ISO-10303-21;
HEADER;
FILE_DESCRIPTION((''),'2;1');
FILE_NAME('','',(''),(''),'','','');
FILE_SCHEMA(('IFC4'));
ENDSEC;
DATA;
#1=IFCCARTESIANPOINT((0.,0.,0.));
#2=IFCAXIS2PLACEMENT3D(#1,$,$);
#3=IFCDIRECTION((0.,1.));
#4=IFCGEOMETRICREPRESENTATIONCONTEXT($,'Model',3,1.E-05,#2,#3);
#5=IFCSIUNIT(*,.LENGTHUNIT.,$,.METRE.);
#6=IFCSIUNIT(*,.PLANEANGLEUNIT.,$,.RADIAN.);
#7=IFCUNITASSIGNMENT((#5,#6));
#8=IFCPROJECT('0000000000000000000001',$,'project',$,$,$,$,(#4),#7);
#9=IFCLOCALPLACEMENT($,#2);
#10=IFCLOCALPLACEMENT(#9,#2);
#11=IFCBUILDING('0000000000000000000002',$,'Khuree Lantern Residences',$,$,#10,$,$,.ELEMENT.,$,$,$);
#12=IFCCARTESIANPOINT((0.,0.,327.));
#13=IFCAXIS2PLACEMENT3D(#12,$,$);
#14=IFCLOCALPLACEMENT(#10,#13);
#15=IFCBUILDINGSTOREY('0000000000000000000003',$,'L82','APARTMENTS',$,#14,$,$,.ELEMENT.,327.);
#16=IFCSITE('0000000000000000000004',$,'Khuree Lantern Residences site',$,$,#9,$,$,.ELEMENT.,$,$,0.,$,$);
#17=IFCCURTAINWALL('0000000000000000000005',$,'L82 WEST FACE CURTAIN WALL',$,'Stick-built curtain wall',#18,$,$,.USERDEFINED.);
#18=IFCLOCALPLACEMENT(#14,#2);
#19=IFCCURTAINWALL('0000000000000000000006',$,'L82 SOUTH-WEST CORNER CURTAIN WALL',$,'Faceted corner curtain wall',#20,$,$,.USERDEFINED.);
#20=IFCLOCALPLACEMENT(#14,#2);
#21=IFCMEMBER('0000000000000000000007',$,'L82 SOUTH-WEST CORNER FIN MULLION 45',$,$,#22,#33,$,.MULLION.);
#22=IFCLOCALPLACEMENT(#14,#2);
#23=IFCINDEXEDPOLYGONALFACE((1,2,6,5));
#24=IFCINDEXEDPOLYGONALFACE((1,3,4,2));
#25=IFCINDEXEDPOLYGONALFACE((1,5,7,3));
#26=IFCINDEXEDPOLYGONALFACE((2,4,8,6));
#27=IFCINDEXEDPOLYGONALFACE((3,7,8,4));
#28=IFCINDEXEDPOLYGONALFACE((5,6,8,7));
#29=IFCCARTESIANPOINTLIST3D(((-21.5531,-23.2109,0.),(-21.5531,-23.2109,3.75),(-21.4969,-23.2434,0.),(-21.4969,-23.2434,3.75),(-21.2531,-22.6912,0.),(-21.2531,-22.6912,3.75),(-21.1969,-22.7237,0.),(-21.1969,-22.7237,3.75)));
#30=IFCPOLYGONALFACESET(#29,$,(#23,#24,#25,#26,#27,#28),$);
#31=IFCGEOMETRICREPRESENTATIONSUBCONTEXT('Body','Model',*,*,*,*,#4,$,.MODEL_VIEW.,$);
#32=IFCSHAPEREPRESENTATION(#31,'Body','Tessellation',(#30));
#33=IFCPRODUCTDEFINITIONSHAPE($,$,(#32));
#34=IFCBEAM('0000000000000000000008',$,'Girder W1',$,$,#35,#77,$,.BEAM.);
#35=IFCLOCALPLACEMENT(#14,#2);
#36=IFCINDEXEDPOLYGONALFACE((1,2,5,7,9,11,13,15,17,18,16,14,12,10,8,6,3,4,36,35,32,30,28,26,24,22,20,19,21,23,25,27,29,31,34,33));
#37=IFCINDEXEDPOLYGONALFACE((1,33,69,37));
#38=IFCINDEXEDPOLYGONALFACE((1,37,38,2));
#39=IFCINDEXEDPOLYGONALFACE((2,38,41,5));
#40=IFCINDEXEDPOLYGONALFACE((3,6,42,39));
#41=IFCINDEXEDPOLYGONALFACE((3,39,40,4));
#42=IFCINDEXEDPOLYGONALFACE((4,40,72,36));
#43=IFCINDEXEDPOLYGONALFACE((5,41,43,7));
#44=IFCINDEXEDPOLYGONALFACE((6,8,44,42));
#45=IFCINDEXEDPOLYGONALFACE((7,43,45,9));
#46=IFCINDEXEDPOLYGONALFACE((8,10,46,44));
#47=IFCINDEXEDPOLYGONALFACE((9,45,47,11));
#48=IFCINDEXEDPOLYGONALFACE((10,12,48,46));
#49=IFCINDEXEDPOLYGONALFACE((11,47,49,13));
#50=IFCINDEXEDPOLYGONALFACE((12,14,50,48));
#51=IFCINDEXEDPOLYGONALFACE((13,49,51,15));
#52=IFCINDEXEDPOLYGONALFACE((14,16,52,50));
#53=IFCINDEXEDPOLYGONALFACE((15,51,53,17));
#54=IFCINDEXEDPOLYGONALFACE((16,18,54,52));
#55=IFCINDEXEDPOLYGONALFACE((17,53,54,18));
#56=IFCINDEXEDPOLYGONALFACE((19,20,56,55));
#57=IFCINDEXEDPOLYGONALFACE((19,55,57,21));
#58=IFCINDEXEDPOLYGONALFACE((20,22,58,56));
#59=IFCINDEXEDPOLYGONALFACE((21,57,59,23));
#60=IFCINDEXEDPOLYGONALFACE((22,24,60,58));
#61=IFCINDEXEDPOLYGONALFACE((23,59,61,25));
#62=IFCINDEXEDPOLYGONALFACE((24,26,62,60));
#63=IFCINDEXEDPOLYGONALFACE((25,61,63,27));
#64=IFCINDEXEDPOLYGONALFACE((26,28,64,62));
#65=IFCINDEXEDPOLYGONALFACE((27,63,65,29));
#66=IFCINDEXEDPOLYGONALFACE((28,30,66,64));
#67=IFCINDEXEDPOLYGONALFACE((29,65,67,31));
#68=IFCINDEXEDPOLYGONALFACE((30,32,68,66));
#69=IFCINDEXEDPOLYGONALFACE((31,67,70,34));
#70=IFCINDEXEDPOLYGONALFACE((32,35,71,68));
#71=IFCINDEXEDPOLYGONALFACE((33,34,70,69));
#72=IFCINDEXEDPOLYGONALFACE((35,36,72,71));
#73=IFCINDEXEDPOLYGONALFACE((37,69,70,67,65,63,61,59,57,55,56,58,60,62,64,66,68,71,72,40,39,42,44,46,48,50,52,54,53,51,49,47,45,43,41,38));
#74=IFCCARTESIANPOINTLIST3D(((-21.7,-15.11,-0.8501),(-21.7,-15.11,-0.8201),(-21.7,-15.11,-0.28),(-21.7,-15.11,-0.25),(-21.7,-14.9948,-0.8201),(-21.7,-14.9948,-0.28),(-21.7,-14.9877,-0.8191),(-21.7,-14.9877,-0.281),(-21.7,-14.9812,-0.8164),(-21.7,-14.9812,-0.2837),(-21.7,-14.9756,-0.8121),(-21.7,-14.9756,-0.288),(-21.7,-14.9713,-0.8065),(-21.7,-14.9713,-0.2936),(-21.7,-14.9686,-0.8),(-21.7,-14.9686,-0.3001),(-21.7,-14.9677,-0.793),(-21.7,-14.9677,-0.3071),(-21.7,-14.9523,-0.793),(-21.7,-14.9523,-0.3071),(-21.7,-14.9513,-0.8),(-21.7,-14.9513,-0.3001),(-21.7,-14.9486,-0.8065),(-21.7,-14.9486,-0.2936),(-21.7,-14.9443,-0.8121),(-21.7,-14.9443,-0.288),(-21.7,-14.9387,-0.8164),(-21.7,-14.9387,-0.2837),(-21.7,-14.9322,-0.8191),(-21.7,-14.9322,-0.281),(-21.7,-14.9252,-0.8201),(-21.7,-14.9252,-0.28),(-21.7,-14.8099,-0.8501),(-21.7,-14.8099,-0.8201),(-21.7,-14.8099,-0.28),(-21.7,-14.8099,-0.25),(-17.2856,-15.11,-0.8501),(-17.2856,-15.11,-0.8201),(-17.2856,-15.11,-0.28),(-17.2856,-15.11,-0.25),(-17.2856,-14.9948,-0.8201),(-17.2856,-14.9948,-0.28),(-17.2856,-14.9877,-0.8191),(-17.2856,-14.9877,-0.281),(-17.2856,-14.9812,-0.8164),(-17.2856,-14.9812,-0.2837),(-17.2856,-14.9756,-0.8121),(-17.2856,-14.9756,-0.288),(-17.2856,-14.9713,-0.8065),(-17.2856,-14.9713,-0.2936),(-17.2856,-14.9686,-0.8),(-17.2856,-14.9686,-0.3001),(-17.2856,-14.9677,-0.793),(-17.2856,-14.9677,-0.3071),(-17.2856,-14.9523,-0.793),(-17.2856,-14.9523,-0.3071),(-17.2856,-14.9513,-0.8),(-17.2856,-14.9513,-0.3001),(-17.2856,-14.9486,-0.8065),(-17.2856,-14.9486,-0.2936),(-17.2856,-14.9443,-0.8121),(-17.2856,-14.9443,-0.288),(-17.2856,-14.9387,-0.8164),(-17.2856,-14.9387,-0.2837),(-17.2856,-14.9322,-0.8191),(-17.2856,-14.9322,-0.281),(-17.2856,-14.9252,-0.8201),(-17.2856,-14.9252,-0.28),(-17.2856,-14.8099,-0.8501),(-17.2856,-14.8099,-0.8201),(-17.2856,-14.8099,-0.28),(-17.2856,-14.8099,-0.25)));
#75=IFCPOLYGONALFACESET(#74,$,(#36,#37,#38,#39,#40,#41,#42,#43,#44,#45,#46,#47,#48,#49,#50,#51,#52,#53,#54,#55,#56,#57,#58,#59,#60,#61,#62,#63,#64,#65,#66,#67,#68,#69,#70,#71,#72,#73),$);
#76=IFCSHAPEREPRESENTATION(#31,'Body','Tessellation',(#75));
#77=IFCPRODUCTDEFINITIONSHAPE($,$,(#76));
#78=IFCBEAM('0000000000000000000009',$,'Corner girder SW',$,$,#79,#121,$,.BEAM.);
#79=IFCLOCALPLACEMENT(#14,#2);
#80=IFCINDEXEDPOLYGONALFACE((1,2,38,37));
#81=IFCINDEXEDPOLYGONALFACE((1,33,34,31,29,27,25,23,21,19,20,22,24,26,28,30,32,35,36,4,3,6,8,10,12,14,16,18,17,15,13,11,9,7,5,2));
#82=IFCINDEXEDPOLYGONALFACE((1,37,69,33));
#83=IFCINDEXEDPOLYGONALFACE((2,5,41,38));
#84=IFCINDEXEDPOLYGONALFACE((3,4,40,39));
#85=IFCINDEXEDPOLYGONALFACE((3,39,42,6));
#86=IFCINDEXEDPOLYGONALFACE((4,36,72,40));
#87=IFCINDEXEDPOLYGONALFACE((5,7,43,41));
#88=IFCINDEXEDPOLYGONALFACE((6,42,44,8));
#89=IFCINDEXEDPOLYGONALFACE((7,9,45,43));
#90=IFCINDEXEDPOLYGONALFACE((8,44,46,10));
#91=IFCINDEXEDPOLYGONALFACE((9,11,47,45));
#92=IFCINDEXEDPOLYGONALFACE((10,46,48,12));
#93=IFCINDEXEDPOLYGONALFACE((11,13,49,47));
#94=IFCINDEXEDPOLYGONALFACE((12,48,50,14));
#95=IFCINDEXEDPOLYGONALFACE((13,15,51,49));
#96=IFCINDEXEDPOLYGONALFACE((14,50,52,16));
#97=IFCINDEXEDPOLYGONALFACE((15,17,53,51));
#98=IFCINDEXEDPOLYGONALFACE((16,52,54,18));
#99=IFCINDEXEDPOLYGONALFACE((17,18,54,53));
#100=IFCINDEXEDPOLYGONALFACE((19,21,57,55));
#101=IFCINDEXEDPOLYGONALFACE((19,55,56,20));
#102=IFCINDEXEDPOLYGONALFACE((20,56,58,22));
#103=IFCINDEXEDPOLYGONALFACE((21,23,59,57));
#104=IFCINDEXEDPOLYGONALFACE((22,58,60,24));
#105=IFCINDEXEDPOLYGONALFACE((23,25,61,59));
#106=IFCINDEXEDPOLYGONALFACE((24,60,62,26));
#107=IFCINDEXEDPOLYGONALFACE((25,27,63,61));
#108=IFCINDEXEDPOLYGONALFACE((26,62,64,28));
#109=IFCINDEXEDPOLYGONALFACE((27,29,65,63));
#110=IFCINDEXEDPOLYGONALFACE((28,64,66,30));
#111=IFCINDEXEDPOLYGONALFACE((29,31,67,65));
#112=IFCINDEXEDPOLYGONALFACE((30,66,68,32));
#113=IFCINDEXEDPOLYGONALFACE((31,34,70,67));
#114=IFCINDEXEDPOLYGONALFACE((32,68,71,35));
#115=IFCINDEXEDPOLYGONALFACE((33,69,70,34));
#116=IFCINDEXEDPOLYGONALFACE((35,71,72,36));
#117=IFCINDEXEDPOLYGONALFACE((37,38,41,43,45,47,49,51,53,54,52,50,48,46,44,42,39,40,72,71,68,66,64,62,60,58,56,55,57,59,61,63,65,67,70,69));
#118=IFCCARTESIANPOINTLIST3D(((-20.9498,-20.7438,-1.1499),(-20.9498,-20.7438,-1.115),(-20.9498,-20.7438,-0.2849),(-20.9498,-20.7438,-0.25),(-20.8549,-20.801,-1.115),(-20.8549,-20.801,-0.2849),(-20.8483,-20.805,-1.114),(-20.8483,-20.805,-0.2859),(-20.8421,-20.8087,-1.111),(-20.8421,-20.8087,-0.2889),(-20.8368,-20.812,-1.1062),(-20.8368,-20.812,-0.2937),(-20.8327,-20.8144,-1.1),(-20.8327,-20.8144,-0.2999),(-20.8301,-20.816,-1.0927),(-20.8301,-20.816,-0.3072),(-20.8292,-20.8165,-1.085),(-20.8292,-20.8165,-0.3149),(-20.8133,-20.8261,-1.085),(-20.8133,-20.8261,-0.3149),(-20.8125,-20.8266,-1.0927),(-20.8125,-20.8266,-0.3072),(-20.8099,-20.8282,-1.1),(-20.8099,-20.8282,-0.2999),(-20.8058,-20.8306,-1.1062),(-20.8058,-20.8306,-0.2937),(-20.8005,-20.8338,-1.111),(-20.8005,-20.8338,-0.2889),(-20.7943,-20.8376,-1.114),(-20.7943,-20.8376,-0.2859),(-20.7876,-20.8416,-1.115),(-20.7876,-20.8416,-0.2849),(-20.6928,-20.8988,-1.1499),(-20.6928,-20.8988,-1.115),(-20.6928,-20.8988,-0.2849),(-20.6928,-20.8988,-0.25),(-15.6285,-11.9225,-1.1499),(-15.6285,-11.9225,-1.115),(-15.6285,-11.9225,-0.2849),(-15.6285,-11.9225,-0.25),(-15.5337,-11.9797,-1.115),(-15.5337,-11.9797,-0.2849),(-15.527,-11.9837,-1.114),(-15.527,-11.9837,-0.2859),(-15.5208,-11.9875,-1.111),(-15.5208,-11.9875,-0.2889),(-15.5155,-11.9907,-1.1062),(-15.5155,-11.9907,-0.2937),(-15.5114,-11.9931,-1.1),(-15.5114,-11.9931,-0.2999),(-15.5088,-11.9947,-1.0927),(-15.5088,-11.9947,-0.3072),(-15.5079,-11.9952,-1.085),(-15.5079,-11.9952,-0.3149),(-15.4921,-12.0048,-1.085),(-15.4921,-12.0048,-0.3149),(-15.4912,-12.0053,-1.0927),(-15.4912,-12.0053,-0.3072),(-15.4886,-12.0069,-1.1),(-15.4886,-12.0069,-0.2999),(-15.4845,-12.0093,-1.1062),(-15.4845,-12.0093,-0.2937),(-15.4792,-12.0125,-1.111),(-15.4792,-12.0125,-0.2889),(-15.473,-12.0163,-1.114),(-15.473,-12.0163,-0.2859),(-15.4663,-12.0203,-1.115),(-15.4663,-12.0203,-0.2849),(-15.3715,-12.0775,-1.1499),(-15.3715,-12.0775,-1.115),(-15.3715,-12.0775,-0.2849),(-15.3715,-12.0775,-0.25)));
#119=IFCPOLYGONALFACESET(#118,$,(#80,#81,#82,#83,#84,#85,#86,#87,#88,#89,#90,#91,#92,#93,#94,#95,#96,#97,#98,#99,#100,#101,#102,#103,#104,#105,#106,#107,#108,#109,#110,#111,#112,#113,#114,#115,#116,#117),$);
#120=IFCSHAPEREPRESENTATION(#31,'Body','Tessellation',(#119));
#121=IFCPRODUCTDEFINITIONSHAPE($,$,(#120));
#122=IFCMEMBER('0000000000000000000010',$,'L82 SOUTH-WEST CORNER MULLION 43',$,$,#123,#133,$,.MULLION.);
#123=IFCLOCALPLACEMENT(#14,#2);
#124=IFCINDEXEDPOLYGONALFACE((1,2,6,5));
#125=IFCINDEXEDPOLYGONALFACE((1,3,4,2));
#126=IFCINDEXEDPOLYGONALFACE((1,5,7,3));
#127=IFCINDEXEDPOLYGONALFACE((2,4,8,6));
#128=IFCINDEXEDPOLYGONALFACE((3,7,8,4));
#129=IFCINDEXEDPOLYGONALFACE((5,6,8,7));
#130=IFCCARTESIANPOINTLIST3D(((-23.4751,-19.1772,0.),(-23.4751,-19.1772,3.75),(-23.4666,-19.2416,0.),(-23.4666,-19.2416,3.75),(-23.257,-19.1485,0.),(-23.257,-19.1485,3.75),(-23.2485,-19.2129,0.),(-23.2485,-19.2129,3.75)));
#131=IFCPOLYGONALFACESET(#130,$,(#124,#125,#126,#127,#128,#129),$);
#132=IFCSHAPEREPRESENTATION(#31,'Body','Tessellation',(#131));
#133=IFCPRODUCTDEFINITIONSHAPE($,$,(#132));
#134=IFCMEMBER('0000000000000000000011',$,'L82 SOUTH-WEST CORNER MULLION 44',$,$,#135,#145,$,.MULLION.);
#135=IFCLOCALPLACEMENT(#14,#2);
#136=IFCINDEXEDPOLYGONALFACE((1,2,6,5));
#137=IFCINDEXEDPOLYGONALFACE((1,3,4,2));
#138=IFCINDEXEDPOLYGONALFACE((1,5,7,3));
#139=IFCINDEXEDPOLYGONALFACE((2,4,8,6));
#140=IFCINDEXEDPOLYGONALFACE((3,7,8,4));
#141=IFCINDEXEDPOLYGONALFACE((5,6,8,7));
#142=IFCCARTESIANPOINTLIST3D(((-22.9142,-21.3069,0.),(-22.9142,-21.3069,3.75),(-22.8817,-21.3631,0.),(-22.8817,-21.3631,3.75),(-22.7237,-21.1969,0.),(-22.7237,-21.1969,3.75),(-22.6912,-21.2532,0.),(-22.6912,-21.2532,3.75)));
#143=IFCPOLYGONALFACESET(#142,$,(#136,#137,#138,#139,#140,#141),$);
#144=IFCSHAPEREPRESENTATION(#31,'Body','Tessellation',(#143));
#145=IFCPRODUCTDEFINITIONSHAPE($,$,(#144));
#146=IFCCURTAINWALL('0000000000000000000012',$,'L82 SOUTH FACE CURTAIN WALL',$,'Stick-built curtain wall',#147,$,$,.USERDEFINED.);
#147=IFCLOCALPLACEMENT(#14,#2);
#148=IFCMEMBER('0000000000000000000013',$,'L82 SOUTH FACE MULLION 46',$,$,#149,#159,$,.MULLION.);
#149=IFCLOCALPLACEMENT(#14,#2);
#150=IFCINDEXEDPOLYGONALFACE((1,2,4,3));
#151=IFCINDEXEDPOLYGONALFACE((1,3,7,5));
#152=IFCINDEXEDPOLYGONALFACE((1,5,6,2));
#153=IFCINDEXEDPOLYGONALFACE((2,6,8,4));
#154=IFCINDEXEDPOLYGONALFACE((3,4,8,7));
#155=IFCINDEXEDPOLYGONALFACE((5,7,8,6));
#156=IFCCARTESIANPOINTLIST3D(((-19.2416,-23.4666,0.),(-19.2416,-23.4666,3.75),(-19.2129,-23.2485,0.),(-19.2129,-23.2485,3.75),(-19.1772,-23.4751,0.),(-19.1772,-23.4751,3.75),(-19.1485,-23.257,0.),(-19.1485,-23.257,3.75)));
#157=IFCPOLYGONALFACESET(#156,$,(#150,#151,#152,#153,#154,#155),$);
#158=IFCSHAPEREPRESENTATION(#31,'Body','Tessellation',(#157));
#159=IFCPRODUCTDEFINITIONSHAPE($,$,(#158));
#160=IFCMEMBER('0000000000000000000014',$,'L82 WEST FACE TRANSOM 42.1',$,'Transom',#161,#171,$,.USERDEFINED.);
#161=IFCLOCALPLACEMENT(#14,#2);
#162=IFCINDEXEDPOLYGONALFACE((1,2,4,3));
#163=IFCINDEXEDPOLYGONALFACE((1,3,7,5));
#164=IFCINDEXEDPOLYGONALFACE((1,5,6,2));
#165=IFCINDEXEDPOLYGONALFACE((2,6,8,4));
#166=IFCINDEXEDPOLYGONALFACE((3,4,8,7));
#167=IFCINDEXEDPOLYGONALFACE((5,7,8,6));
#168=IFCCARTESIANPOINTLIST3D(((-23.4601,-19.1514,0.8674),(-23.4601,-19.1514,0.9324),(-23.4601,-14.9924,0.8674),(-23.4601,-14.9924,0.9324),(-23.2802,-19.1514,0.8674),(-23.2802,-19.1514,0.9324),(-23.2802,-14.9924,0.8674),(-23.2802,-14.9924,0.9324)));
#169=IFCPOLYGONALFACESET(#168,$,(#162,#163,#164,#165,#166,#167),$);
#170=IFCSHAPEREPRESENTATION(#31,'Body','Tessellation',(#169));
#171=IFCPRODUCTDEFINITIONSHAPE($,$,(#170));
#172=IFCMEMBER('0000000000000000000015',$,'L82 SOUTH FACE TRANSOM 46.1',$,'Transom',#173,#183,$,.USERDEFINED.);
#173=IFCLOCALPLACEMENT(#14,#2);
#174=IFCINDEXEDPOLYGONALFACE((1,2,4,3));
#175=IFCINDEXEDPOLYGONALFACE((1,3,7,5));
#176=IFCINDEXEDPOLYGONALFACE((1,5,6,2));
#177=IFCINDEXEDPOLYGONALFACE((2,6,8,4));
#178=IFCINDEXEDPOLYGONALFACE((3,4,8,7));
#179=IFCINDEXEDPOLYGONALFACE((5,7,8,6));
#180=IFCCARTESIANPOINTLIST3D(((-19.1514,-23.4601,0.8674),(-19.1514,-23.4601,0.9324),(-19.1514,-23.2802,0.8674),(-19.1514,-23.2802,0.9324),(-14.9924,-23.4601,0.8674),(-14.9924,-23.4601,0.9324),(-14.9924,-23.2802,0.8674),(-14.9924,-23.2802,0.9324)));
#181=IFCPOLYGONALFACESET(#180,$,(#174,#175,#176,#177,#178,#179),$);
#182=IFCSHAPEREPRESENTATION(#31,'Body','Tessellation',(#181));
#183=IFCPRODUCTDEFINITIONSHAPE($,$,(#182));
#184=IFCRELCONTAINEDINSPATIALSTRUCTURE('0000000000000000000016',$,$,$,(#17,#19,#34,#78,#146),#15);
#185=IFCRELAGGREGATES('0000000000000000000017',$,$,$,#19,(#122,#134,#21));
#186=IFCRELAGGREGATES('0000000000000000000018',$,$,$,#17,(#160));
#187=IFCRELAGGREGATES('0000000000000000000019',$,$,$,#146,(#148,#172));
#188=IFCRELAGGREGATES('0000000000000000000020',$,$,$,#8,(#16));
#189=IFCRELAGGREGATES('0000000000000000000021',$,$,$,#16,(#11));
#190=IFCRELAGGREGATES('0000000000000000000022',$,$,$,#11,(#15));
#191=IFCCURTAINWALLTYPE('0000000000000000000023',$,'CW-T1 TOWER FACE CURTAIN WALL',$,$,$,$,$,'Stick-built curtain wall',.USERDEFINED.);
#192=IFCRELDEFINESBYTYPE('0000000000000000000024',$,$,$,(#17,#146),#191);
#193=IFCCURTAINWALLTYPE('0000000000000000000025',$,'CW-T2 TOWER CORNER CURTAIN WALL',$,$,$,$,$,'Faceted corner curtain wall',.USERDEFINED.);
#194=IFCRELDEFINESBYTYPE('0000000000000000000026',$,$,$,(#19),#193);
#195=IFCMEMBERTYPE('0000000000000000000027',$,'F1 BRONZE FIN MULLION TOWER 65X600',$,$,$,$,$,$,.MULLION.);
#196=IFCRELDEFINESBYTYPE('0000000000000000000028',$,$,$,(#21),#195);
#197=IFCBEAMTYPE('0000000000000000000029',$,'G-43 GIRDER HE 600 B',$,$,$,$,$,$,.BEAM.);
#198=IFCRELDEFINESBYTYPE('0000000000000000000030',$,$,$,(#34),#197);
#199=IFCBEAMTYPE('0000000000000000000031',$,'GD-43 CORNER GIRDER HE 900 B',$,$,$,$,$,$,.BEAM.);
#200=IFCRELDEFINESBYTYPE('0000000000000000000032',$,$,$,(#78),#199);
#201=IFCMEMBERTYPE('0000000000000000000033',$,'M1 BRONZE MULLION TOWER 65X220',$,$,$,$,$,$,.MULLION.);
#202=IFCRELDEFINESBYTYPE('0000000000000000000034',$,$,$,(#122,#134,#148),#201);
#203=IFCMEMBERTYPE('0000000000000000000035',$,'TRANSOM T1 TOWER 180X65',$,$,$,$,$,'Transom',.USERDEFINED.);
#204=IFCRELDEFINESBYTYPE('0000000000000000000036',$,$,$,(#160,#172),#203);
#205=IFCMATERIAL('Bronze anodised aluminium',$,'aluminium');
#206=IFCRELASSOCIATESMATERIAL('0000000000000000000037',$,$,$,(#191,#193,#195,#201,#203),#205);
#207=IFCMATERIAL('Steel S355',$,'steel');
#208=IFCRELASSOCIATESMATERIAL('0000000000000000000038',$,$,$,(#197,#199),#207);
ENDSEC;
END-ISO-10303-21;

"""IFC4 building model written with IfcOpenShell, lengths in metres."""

from ifc_helpers import new_model, si_unit, direction, frame, origin, origin_2d, place, context, subcontext, project, spatial, rectangle, i_section, extrude, material, material_profile, profile_set, type_object, element, aggregate, save


model = new_model("IFC4")

# Units and contexts
model_context = context("Model", 3, precision=1e-05, world=origin(), true_north=direction((0.0, 1.0)))
body_context = subcontext(model_context, "Body", "Model", "MODEL_VIEW")
ifc_project = project(units=[si_unit("LENGTHUNIT", "METRE"), si_unit("PLANEANGLEUNIT", "RADIAN")], contexts=[model_context])

# Site, building, storey
site_placement = place(None, origin())
site = spatial("IfcSite", under=ifc_project, at=site_placement, Name="Khuree Lantern Residences site", CompositionType="ELEMENT", RefElevation=0.0)
building_placement = place(site_placement, origin())
building = spatial("IfcBuilding", under=site, at=building_placement, Name="Khuree Lantern Residences", CompositionType="ELEMENT")
storey_placement = place(building_placement, frame((0.0, 0.0, 327.0)))
storey = spatial("IfcBuildingStorey", under=building, at=storey_placement, Name="L82", Description="APARTMENTS", CompositionType="ELEMENT", Elevation=327.0)

# Shared definitions
ifc_material_1 = material(Name="Steel S355", Category="steel")

# Curtain walls, member
ifc_material_2 = material(Name="Bronze anodised aluminium", Category="aluminium")
curtain_wall_type_1 = type_object("IfcCurtainWallType", Name="CW-T1 TOWER FACE CURTAIN WALL", ElementType="Stick-built curtain wall", PredefinedType="USERDEFINED", material=ifc_material_2)
curtain_wall_1_placement = place(storey_placement, origin())
curtain_wall_1 = element("IfcCurtainWall", 1, at=curtain_wall_1_placement, inside=storey, type_object=curtain_wall_type_1, Name="L82 WEST FACE CURTAIN WALL", ObjectType="Stick-built curtain wall", PredefinedType="USERDEFINED")
ifc_material_profile_1 = material_profile(ifc_material_2, rectangle(XDim=0.0649, YDim=0.6001, at=origin_2d()), Name="F1 65X600")
ifc_profile_set_1 = profile_set([ifc_material_profile_1], Name="Bronze anodised aluminium")
member_type_1 = type_object("IfcMemberType", Name="F1 BRONZE FIN MULLION TOWER 65X600", PredefinedType="MULLION", material=ifc_profile_set_1)
curtain_wall_type_2 = type_object("IfcCurtainWallType", Name="CW-T2 TOWER CORNER CURTAIN WALL", ElementType="Faceted corner curtain wall", PredefinedType="USERDEFINED", material=ifc_material_2)
curtain_wall_2_placement = place(storey_placement, origin())
curtain_wall_2 = element("IfcCurtainWall", 2, at=curtain_wall_2_placement, inside=storey, type_object=curtain_wall_type_2, Name="L82 SOUTH-WEST CORNER CURTAIN WALL", ObjectType="Faceted corner curtain wall", PredefinedType="USERDEFINED")
member_1_placement = place(storey_placement, frame((-21.375, -22.9673, 0.0), z_axis=(0.0, 0.0, 1.0), x_axis=(0.866025, -0.5, 0.0)))
member_1 = element("IfcMember", 3, at=member_1_placement, type_object=member_type_1, Name="L82 SOUTH-WEST CORNER FIN MULLION 45", PredefinedType="MULLION", context=body_context, shape_type="SweptSolid", body=[
    extrude(rectangle(XDim=0.0649, YDim=0.6001, at=origin_2d()), origin(), (0.0, 0.0, 1.0), 3.75),
])

# Beams
ifc_material_profile_2 = material_profile(ifc_material_1, i_section(OverallWidth=0.3, OverallDepth=0.6001, WebThickness=0.0154, FlangeThickness=0.03, FilletRadius=0.0271, at=origin_2d()), Name="HE 600 B")
ifc_profile_set_2 = profile_set([ifc_material_profile_2], Name="Steel S355")
beam_type_1 = type_object("IfcBeamType", Name="G-43 GIRDER HE 600 B", PredefinedType="BEAM", material=ifc_profile_set_2)
beam_1_placement = place(storey_placement, frame((-21.7, -14.96, -0.55), z_axis=(1.0, 0.0, 0.0), x_axis=(0.0, 1.0, 0.0)))
element("IfcBeam", 4, at=beam_1_placement, inside=storey, type_object=beam_type_1, Name="Girder W1", PredefinedType="BEAM", context=body_context, shape_type="SweptSolid", body=[
    extrude(i_section(OverallWidth=0.3, OverallDepth=0.6001, WebThickness=0.0154, FlangeThickness=0.03, FilletRadius=0.0271, at=origin_2d()), origin(), (0.0, 0.0, 1.0), 4.4143),
])
ifc_material_profile_3 = material_profile(ifc_material_1, i_section(OverallWidth=0.3, OverallDepth=0.8999, WebThickness=0.0186, FlangeThickness=0.0349, FilletRadius=0.03, at=origin_2d()), Name="HE 900 B")
ifc_profile_set_3 = profile_set([ifc_material_profile_3], Name="Steel S355")
beam_type_2 = type_object("IfcBeamType", Name="GD-43 CORNER GIRDER HE 900 B", PredefinedType="BEAM", material=ifc_profile_set_3)
beam_2_placement = place(storey_placement, frame((-20.8213, -20.8213, -0.7), z_axis=(0.51653, 0.856269, 0.0), x_axis=(-0.856269, 0.51653, 0.0)))
element("IfcBeam", 5, at=beam_2_placement, inside=storey, type_object=beam_type_2, Name="Corner girder SW", PredefinedType="BEAM", context=body_context, shape_type="SweptSolid", body=[
    extrude(i_section(OverallWidth=0.3, OverallDepth=0.8999, WebThickness=0.0186, FlangeThickness=0.0349, FilletRadius=0.03, at=origin_2d()), origin(), (0.0, 0.0, 1.0), 10.302),
])

# Members
ifc_material_profile_4 = material_profile(ifc_material_2, rectangle(XDim=0.0649, YDim=0.22, at=origin_2d()), Name="M1 65X220")
ifc_profile_set_4 = profile_set([ifc_material_profile_4], Name="Bronze anodised aluminium")
member_type_2 = type_object("IfcMemberType", Name="M1 BRONZE MULLION TOWER 65X220", PredefinedType="MULLION", material=ifc_profile_set_4)
member_2_placement = place(storey_placement, frame((-23.3618, -19.1951, 0.0), z_axis=(0.0, 0.0, 1.0), x_axis=(0.130526, -0.991445, 0.0)))
member_2 = element("IfcMember", 6, at=member_2_placement, type_object=member_type_2, Name="L82 SOUTH-WEST CORNER MULLION 43", PredefinedType="MULLION", context=body_context, shape_type="SweptSolid", body=[
    extrude(rectangle(XDim=0.0649, YDim=0.22, at=origin_2d()), origin(), (0.0, 0.0, 1.0), 3.75),
])
member_3_placement = place(storey_placement, frame((-22.8027, -21.28, 0.0), z_axis=(0.0, 0.0, 1.0), x_axis=(0.5, -0.866025, 0.0)))
member_3 = element("IfcMember", 7, at=member_3_placement, type_object=member_type_2, Name="L82 SOUTH-WEST CORNER MULLION 44", PredefinedType="MULLION", context=body_context, shape_type="SweptSolid", body=[
    extrude(rectangle(XDim=0.0649, YDim=0.22, at=origin_2d()), origin(), (0.0, 0.0, 1.0), 3.75),
])

# Curtain wall, member
curtain_wall_3_placement = place(storey_placement, origin())
curtain_wall_3 = element("IfcCurtainWall", 8, at=curtain_wall_3_placement, inside=storey, type_object=curtain_wall_type_1, Name="L82 SOUTH FACE CURTAIN WALL", ObjectType="Stick-built curtain wall", PredefinedType="USERDEFINED")
member_4_placement = place(storey_placement, frame((-19.1951, -23.3618, 0.0), z_axis=(0.0, 0.0, 1.0), x_axis=(0.991445, -0.130526, 0.0)))
member_4 = element("IfcMember", 9, at=member_4_placement, type_object=member_type_2, Name="L82 SOUTH FACE MULLION 46", PredefinedType="MULLION", context=body_context, shape_type="SweptSolid", body=[
    extrude(rectangle(XDim=0.0649, YDim=0.22, at=origin_2d()), origin(), (0.0, 0.0, 1.0), 3.75),
])

# Members
ifc_material_profile_5 = material_profile(ifc_material_2, rectangle(XDim=0.1799, YDim=0.0649, at=origin_2d()), Name="T1 180X65")
ifc_profile_set_5 = profile_set([ifc_material_profile_5], Name="Bronze anodised aluminium")
member_type_3 = type_object("IfcMemberType", Name="TRANSOM T1 TOWER 180X65", ElementType="Transom", PredefinedType="USERDEFINED", material=ifc_profile_set_5)
member_5_placement = place(storey_placement, frame((-23.3701, -14.9924, 0.8999), z_axis=(0.0, -1.0, 0.0), x_axis=(1.0, 0.0, 0.0)))
member_5 = element("IfcMember", 10, at=member_5_placement, type_object=member_type_3, Name="L82 WEST FACE TRANSOM 42.1", ObjectType="Transom", PredefinedType="USERDEFINED", context=body_context, shape_type="SweptSolid", body=[
    extrude(rectangle(XDim=0.1799, YDim=0.0649, at=origin_2d()), origin(), (0.0, 0.0, 1.0), 4.1589),
])
member_6_placement = place(storey_placement, frame((-19.1514, -23.3701, 0.8999), z_axis=(1.0, 0.0, 0.0), x_axis=(0.0, 1.0, 0.0)))
member_6 = element("IfcMember", 11, at=member_6_placement, type_object=member_type_3, Name="L82 SOUTH FACE TRANSOM 46.1", ObjectType="Transom", PredefinedType="USERDEFINED", context=body_context, shape_type="SweptSolid", body=[
    extrude(rectangle(XDim=0.1799, YDim=0.0649, at=origin_2d()), origin(), (0.0, 0.0, 1.0), 4.1589),
])

aggregate(curtain_wall_2, [member_2, member_3, member_1])
aggregate(curtain_wall_1, [member_5])
aggregate(curtain_wall_3, [member_4, member_6])

save(model, "model.ifc")
